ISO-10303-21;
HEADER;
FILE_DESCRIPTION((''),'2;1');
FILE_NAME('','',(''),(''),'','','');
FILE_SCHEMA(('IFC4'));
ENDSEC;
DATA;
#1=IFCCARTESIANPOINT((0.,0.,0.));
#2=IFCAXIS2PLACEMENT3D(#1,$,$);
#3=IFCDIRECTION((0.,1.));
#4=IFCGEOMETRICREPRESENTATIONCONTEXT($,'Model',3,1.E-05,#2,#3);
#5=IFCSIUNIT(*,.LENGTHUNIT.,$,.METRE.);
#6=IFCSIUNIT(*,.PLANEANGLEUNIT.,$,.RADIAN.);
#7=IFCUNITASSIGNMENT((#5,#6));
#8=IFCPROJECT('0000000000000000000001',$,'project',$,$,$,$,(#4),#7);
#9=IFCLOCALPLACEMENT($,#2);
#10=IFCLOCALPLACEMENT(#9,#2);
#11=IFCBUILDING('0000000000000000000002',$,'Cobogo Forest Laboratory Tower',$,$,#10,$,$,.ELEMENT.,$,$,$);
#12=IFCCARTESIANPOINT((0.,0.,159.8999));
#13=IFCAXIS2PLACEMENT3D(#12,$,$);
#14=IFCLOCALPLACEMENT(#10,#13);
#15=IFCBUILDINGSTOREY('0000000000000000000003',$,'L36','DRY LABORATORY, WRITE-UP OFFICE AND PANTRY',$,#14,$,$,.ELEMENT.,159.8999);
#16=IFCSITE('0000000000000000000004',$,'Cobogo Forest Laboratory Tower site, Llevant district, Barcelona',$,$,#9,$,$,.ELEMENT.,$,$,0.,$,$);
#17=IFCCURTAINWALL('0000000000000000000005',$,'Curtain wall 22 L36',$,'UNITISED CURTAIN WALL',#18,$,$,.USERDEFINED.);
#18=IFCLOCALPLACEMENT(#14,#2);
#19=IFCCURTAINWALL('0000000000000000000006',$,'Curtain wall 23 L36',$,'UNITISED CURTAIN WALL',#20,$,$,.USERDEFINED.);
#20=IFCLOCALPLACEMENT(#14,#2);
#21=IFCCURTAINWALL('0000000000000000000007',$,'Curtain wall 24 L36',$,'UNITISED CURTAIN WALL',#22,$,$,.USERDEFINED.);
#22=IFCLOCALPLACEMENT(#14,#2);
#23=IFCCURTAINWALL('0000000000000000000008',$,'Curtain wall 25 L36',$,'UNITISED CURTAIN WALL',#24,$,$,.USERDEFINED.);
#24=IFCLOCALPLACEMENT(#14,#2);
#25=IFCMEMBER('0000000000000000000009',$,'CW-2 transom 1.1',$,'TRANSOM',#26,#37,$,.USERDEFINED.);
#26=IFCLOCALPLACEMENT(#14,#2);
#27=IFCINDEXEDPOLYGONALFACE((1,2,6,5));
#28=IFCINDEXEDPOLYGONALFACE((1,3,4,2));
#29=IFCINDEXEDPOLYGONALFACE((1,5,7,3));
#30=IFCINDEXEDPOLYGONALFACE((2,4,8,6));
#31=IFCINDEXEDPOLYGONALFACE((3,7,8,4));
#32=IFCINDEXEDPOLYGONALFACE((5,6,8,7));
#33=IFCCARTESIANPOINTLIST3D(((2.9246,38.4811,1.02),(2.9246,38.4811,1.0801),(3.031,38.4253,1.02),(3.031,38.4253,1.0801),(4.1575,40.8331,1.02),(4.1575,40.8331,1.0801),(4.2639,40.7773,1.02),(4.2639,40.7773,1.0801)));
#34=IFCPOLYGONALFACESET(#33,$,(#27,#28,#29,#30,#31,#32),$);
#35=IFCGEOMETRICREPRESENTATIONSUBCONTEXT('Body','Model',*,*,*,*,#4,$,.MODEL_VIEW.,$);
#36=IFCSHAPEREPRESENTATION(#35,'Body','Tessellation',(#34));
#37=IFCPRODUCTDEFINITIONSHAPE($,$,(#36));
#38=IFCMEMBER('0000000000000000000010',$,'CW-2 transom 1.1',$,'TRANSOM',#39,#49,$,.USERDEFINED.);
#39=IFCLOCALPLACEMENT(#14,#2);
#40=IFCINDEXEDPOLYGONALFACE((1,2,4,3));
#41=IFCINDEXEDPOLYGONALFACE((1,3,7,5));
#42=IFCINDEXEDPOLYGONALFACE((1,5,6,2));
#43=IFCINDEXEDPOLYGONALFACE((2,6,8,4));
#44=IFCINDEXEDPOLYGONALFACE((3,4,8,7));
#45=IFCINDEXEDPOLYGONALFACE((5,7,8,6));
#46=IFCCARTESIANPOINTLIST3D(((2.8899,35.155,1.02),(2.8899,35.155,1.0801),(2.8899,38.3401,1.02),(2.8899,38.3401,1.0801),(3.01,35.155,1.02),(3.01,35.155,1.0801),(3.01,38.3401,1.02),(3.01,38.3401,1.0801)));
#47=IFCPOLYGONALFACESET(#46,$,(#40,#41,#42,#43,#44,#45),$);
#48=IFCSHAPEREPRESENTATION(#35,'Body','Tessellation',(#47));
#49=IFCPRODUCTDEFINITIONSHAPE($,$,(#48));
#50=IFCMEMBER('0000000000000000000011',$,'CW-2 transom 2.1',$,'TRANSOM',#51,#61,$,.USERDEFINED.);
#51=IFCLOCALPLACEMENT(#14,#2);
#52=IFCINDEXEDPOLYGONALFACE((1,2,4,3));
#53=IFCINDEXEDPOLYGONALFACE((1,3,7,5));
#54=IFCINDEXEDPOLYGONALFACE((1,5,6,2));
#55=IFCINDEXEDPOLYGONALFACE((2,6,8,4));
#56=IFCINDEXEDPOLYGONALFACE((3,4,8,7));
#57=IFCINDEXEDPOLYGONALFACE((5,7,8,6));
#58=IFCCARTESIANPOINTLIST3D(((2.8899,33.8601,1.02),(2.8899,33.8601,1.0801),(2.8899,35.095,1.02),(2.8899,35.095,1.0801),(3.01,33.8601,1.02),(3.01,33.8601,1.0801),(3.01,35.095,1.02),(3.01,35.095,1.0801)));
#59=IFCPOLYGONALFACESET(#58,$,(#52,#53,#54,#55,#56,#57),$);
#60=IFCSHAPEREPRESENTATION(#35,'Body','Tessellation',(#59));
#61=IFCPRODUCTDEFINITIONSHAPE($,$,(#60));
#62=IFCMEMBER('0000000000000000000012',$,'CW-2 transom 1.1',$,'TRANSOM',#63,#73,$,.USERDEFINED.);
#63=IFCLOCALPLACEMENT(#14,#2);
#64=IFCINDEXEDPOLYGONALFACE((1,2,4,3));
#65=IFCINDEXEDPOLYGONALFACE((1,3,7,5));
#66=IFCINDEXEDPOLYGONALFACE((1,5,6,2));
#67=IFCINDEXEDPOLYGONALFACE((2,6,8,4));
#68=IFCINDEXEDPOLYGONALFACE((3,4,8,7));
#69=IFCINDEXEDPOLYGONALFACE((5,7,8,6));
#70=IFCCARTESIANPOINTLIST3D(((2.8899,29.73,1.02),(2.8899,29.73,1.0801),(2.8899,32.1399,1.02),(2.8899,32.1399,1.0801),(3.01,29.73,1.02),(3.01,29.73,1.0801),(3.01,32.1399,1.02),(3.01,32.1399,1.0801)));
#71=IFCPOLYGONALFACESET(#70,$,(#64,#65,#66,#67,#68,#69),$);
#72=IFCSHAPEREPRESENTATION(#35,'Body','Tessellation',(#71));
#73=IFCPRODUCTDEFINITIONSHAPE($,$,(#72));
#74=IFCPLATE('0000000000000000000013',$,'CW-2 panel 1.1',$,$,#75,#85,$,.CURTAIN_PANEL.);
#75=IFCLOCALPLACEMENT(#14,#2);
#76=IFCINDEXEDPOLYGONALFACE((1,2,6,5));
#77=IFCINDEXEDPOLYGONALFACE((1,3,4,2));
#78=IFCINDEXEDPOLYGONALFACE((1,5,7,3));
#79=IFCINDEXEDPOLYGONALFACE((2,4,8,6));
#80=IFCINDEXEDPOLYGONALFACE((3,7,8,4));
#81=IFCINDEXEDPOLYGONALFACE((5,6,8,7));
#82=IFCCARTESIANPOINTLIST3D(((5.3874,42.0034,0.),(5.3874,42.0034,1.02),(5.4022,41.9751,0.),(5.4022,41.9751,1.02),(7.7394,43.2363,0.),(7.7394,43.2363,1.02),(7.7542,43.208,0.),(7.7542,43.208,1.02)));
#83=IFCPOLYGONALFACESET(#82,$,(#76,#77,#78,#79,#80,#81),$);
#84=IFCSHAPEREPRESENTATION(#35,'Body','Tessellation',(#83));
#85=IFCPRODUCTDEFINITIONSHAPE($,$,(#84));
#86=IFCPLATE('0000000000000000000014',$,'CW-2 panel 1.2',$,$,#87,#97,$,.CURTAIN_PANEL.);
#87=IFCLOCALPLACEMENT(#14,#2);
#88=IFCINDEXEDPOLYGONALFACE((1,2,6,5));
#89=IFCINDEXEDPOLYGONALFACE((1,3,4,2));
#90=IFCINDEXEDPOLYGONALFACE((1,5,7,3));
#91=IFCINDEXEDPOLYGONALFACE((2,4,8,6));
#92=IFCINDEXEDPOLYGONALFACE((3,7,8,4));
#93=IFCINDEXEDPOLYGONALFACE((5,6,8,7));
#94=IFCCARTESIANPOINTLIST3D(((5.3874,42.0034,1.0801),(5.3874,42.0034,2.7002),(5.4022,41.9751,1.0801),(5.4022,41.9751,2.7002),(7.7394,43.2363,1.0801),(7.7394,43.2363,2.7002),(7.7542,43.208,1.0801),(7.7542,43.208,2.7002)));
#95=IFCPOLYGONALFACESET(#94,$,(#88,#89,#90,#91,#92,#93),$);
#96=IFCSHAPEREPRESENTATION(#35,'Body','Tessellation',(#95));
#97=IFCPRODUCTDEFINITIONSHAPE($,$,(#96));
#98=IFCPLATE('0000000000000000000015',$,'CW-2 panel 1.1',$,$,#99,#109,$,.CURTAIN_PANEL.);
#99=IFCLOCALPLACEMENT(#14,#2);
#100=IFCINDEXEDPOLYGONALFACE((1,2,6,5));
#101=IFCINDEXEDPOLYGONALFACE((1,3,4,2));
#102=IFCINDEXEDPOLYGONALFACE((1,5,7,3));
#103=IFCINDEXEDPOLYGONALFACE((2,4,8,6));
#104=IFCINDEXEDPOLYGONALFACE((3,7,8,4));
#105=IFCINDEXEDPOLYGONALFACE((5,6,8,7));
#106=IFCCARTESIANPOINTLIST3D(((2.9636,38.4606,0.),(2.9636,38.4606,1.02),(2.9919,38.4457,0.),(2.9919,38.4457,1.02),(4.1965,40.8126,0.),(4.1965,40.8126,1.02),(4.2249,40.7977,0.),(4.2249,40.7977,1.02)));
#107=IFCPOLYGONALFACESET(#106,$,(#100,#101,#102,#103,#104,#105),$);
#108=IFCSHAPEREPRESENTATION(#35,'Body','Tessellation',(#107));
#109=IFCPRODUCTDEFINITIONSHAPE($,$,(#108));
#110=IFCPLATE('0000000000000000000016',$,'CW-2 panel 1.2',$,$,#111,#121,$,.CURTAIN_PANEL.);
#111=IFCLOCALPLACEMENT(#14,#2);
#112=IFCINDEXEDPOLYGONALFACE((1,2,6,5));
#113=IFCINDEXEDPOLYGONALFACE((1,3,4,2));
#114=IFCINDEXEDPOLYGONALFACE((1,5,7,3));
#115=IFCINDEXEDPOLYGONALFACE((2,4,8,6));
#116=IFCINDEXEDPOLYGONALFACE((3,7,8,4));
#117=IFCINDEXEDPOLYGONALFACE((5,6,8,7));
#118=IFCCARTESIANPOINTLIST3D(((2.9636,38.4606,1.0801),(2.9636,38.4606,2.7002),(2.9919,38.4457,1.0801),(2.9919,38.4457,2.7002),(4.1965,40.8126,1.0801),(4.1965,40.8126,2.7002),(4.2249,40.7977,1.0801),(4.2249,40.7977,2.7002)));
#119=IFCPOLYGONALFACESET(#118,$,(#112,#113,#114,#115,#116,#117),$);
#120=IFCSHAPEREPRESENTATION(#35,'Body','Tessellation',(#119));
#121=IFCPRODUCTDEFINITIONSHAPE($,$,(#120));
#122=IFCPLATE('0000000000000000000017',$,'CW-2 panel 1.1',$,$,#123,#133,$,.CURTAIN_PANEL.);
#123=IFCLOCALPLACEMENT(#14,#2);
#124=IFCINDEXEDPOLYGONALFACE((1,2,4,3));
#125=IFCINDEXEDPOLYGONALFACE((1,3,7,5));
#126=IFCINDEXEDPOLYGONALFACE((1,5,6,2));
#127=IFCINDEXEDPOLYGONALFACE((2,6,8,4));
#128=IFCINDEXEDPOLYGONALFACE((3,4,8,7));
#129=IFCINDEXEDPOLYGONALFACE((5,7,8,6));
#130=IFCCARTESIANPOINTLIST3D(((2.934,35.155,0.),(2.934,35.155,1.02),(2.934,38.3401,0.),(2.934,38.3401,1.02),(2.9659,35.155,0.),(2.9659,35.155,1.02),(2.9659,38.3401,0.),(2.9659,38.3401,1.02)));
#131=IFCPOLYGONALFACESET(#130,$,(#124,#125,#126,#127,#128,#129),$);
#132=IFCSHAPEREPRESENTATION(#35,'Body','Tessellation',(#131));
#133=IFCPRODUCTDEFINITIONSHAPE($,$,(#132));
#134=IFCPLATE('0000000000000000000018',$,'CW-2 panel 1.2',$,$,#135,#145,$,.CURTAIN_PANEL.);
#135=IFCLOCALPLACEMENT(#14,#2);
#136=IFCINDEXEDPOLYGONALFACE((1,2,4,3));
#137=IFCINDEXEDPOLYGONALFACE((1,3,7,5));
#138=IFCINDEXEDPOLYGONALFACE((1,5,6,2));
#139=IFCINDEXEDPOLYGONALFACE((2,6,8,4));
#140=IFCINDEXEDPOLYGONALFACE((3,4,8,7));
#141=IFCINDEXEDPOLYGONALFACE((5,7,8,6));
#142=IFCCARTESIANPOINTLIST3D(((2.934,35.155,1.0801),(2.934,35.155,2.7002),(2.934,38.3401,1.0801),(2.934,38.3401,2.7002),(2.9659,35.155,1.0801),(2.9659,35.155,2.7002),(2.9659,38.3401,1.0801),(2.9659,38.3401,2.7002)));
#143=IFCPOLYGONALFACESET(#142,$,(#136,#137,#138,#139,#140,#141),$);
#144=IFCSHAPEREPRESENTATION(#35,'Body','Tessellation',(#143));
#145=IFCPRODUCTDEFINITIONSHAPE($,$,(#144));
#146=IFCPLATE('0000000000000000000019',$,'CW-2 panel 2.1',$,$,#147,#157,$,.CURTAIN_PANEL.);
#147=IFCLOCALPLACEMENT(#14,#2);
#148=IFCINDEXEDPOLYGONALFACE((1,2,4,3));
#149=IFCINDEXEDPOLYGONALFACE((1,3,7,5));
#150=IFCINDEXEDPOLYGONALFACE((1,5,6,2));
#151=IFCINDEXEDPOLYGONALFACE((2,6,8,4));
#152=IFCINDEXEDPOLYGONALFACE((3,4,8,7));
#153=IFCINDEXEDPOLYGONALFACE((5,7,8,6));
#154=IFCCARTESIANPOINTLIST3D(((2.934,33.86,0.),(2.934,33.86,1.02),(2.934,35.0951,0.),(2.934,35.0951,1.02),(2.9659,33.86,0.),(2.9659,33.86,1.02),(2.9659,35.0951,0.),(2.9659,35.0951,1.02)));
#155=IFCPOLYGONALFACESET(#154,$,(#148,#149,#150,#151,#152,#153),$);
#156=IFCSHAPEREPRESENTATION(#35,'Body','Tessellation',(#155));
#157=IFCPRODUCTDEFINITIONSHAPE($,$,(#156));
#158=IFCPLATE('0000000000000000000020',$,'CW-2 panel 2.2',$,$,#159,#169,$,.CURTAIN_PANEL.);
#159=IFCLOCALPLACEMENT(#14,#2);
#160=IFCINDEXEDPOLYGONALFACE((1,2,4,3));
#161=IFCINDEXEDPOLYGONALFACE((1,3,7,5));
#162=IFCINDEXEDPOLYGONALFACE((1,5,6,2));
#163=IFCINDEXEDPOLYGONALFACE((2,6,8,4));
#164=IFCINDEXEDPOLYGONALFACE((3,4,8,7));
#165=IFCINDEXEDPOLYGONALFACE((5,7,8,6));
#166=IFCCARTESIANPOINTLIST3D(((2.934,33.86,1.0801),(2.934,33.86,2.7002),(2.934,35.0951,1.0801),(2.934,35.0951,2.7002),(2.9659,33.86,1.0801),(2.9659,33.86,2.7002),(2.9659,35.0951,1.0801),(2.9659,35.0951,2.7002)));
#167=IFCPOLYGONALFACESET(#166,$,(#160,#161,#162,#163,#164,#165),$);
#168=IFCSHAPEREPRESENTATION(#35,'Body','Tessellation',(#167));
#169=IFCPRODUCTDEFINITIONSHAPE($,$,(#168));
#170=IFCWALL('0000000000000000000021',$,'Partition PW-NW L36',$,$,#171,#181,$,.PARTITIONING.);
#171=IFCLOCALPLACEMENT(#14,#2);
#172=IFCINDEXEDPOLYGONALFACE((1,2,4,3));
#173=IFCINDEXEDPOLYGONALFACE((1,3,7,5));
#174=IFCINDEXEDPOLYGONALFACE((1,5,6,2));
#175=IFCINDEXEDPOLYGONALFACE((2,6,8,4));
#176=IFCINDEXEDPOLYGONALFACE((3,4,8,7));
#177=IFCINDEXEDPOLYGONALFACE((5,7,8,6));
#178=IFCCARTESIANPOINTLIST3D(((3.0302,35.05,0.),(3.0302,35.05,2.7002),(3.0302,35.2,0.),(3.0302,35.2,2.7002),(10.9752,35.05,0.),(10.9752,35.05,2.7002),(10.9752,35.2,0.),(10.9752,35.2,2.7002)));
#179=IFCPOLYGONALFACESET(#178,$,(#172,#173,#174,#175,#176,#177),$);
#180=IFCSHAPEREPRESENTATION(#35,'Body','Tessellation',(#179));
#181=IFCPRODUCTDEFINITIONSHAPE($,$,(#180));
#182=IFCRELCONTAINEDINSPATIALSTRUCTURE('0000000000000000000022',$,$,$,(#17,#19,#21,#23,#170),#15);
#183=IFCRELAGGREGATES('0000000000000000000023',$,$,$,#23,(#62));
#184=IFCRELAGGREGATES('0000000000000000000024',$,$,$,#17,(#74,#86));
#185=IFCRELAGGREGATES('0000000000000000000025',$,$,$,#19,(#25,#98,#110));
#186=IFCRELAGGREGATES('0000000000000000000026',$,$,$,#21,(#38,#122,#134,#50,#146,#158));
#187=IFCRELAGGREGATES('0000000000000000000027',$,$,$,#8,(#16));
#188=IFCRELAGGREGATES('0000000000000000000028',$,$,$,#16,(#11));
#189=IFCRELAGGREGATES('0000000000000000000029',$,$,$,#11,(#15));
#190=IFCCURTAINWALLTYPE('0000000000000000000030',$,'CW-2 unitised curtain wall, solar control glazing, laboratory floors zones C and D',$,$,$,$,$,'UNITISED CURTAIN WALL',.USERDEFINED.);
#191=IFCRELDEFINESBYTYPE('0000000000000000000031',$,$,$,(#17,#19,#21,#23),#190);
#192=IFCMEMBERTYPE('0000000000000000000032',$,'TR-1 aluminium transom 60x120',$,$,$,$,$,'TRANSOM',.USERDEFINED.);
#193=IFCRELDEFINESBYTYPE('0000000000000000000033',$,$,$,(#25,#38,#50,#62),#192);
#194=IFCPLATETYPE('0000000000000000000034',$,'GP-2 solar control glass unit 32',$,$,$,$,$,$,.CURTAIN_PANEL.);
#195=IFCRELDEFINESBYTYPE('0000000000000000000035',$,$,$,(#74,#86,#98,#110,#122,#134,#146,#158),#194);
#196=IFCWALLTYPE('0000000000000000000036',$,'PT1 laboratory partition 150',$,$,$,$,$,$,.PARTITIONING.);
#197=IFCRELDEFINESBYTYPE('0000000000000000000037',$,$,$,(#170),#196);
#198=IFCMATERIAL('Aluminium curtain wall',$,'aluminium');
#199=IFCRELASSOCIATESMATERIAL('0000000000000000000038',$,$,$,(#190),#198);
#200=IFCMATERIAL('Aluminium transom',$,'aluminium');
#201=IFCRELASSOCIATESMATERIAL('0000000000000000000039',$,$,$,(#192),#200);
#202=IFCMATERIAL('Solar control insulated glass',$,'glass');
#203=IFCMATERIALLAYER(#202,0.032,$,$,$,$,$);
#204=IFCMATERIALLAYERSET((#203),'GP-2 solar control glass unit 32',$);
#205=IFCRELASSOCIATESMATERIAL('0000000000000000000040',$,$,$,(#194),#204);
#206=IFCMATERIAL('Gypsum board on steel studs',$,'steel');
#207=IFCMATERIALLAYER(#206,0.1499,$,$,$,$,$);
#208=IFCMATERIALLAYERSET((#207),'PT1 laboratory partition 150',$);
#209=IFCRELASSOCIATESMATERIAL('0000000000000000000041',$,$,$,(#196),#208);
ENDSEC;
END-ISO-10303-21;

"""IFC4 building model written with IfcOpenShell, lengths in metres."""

from ifc_helpers import new_model, si_unit, direction, frame, frame_2d, origin, origin_2d, place, context, subcontext, project, spatial, rectangle, extrude, material, layer, layer_set, material_profile, profile_set, type_object, element, aggregate, save


model = new_model("IFC4")

# Units and contexts
model_context = context("Model", 3, precision=1e-05, world=origin(), true_north=direction((0.0, 1.0)))
body_context = subcontext(model_context, "Body", "Model", "MODEL_VIEW")
ifc_project = project(units=[si_unit("LENGTHUNIT", "METRE"), si_unit("PLANEANGLEUNIT", "RADIAN")], contexts=[model_context])

# Site, building, storey
site_placement = place(None, origin())
site = spatial("IfcSite", under=ifc_project, at=site_placement, Name="Cobogo Forest Laboratory Tower site, Llevant district, Barcelona", CompositionType="ELEMENT", RefElevation=0.0)
building_placement = place(site_placement, origin())
building = spatial("IfcBuilding", under=site, at=building_placement, Name="Cobogo Forest Laboratory Tower", CompositionType="ELEMENT")
storey_placement = place(building_placement, frame((0.0, 0.0, 159.8999)))
storey = spatial("IfcBuildingStorey", under=building, at=storey_placement, Name="L36", Description="DRY LABORATORY, WRITE-UP OFFICE AND PANTRY", CompositionType="ELEMENT", Elevation=159.8999)

# Curtain wall
ifc_material_1 = material(Name="Aluminium curtain wall", Category="aluminium")
curtain_wall_type = type_object("IfcCurtainWallType", Name="CW-2 unitised curtain wall, solar control glazing, laboratory floors zones C and D", ElementType="UNITISED CURTAIN WALL", PredefinedType="USERDEFINED", material=ifc_material_1)
curtain_wall_1_placement = place(storey_placement, origin())
curtain_wall_1 = element("IfcCurtainWall", 1, at=curtain_wall_1_placement, inside=storey, type_object=curtain_wall_type, Name="Curtain wall 22 L36", ObjectType="UNITISED CURTAIN WALL", PredefinedType="USERDEFINED")

# Curtain walls
curtain_wall_2_placement = place(storey_placement, origin())
curtain_wall_2 = element("IfcCurtainWall", 2, at=curtain_wall_2_placement, inside=storey, type_object=curtain_wall_type, Name="Curtain wall 23 L36", ObjectType="UNITISED CURTAIN WALL", PredefinedType="USERDEFINED")
curtain_wall_3_placement = place(storey_placement, origin())
curtain_wall_3 = element("IfcCurtainWall", 3, at=curtain_wall_3_placement, inside=storey, type_object=curtain_wall_type, Name="Curtain wall 24 L36", ObjectType="UNITISED CURTAIN WALL", PredefinedType="USERDEFINED")

# Curtain wall
curtain_wall_4_placement = place(storey_placement, origin())
curtain_wall_4 = element("IfcCurtainWall", 4, at=curtain_wall_4_placement, inside=storey, type_object=curtain_wall_type, Name="Curtain wall 25 L36", ObjectType="UNITISED CURTAIN WALL", PredefinedType="USERDEFINED")

# Members
ifc_material_2 = material(Name="Aluminium transom", Category="aluminium")
ifc_material_profile_1 = material_profile(ifc_material_2, rectangle(XDim=0.1201, YDim=0.0601, at=origin_2d()), Name="AL 60x120")
ifc_profile_set_1 = profile_set([ifc_material_profile_1], Name="Aluminium transom")
member_type_1 = type_object("IfcMemberType", Name="TR-1 aluminium transom 60x120", ElementType="TRANSOM", PredefinedType="USERDEFINED", material=ifc_profile_set_1)
member_1_placement = place(storey_placement, frame((4.2107, 40.8052, 1.05), z_axis=(-0.464268, -0.885695, 0.0), x_axis=(0.885695, -0.464268, 0.0)))
member_1 = element("IfcMember", 5, at=member_1_placement, type_object=member_type_1, Name="CW-2 transom 1.1", ObjectType="TRANSOM", PredefinedType="USERDEFINED", context=body_context, shape_type="SweptSolid", body=[
    extrude(rectangle(XDim=0.1201, YDim=0.0601, at=origin_2d()), origin(), (0.0, 0.0, 1.0), 2.6555),
])
member_2_placement = place(storey_placement, frame((2.95, 38.3401, 1.05), z_axis=(0.0, -1.0, 0.0), x_axis=(1.0, 0.0, 0.0)))
member_2 = element("IfcMember", 6, at=member_2_placement, type_object=member_type_1, Name="CW-2 transom 1.1", ObjectType="TRANSOM", PredefinedType="USERDEFINED", context=body_context, shape_type="SweptSolid", body=[
    extrude(rectangle(XDim=0.1201, YDim=0.0601, at=origin_2d()), origin(), (0.0, 0.0, 1.0), 3.1851),
])
member_3_placement = place(storey_placement, frame((2.95, 35.095, 1.05), z_axis=(0.0, -1.0, 0.0), x_axis=(1.0, 0.0, 0.0)))
member_3 = element("IfcMember", 7, at=member_3_placement, type_object=member_type_1, Name="CW-2 transom 2.1", ObjectType="TRANSOM", PredefinedType="USERDEFINED", context=body_context, shape_type="SweptSolid", body=[
    extrude(rectangle(XDim=0.1201, YDim=0.0601, at=origin_2d()), origin(), (0.0, 0.0, 1.0), 1.2349),
])
member_4_placement = place(storey_placement, frame((2.95, 32.1399, 1.05), z_axis=(0.0, -1.0, 0.0), x_axis=(1.0, 0.0, 0.0)))
member_4 = element("IfcMember", 8, at=member_4_placement, type_object=member_type_1, Name="CW-2 transom 1.1", ObjectType="TRANSOM", PredefinedType="USERDEFINED", context=body_context, shape_type="SweptSolid", body=[
    extrude(rectangle(XDim=0.1201, YDim=0.0601, at=origin_2d()), origin(), (0.0, 0.0, 1.0), 2.4099),
])
aggregate(curtain_wall_4, [member_4])

# Plates
ifc_material_3 = material(Name="Solar control insulated glass", Category="glass")
ifc_layer_1 = layer(ifc_material_3, 0.032)
ifc_layer_set_1 = layer_set([ifc_layer_1], Name="GP-2 solar control glass unit 32")
plate_type = type_object("IfcPlateType", Name="GP-2 solar control glass unit 32", PredefinedType="CURTAIN_PANEL", material=ifc_layer_set_1)
plate_1_placement = place(storey_placement, frame((6.5708, 42.6057, 0.0), z_axis=(0.0, 0.0, 1.0), x_axis=(-0.885687, -0.464284, 0.0)))
plate_1 = element("IfcPlate", 9, at=plate_1_placement, type_object=plate_type, Name="CW-2 panel 1.1", PredefinedType="CURTAIN_PANEL", context=body_context, shape_type="SweptSolid", body=[
    extrude(rectangle(XDim=2.6555, YDim=0.032, at=origin_2d()), origin(), (0.0, 0.0, 1.0), 1.02),
])
plate_2_placement = place(storey_placement, frame((6.5708, 42.6057, 1.0801), z_axis=(0.0, 0.0, 1.0), x_axis=(-0.885687, -0.464284, 0.0)))
plate_2 = element("IfcPlate", 10, at=plate_2_placement, type_object=plate_type, Name="CW-2 panel 1.2", PredefinedType="CURTAIN_PANEL", context=body_context, shape_type="SweptSolid", body=[
    extrude(rectangle(XDim=2.6555, YDim=0.032, at=origin_2d()), origin(), (0.0, 0.0, 1.0), 1.6201),
])
aggregate(curtain_wall_1, [plate_1, plate_2])
plate_3_placement = place(storey_placement, frame((3.5942, 39.6292, 0.0), z_axis=(0.0, 0.0, 1.0), x_axis=(-0.464284, -0.885687, 0.0)))
plate_3 = element("IfcPlate", 11, at=plate_3_placement, type_object=plate_type, Name="CW-2 panel 1.1", PredefinedType="CURTAIN_PANEL", context=body_context, shape_type="SweptSolid", body=[
    extrude(rectangle(XDim=2.6555, YDim=0.032, at=origin_2d()), origin(), (0.0, 0.0, 1.0), 1.02),
])
plate_4_placement = place(storey_placement, frame((3.5942, 39.6292, 1.0801), z_axis=(0.0, 0.0, 1.0), x_axis=(-0.464284, -0.885687, 0.0)))
plate_4 = element("IfcPlate", 12, at=plate_4_placement, type_object=plate_type, Name="CW-2 panel 1.2", PredefinedType="CURTAIN_PANEL", context=body_context, shape_type="SweptSolid", body=[
    extrude(rectangle(XDim=2.6555, YDim=0.032, at=origin_2d()), origin(), (0.0, 0.0, 1.0), 1.6201),
])
aggregate(curtain_wall_2, [member_1, plate_3, plate_4])
plate_5_placement = place(storey_placement, frame((2.95, 36.7476, 0.0), z_axis=(0.0, 0.0, 1.0), x_axis=(0.0, -1.0, 0.0)))
plate_5 = element("IfcPlate", 13, at=plate_5_placement, type_object=plate_type, Name="CW-2 panel 1.1", PredefinedType="CURTAIN_PANEL", context=body_context, shape_type="SweptSolid", body=[
    extrude(rectangle(XDim=3.1851, YDim=0.032, at=origin_2d()), origin(), (0.0, 0.0, 1.0), 1.02),
])
plate_6_placement = place(storey_placement, frame((2.95, 36.7476, 1.0801), z_axis=(0.0, 0.0, 1.0), x_axis=(0.0, -1.0, 0.0)))
plate_6 = element("IfcPlate", 14, at=plate_6_placement, type_object=plate_type, Name="CW-2 panel 1.2", PredefinedType="CURTAIN_PANEL", context=body_context, shape_type="SweptSolid", body=[
    extrude(rectangle(XDim=3.1851, YDim=0.032, at=origin_2d()), origin(), (0.0, 0.0, 1.0), 1.6201),
])
plate_7_placement = place(storey_placement, frame((2.95, 34.4775, 0.0), z_axis=(0.0, 0.0, 1.0), x_axis=(0.0, -1.0, 0.0)))
plate_7 = element("IfcPlate", 15, at=plate_7_placement, type_object=plate_type, Name="CW-2 panel 2.1", PredefinedType="CURTAIN_PANEL", context=body_context, shape_type="SweptSolid", body=[
    extrude(rectangle(XDim=1.2351, YDim=0.032, at=origin_2d()), origin(), (0.0, 0.0, 1.0), 1.02),
])
plate_8_placement = place(storey_placement, frame((2.95, 34.4775, 1.0801), z_axis=(0.0, 0.0, 1.0), x_axis=(0.0, -1.0, 0.0)))
plate_8 = element("IfcPlate", 16, at=plate_8_placement, type_object=plate_type, Name="CW-2 panel 2.2", PredefinedType="CURTAIN_PANEL", context=body_context, shape_type="SweptSolid", body=[
    extrude(rectangle(XDim=1.2351, YDim=0.032, at=origin_2d()), origin(), (0.0, 0.0, 1.0), 1.6201),
])
aggregate(curtain_wall_3, [member_2, plate_5, plate_6, member_3, plate_7, plate_8])

# Wall
ifc_material_4 = material(Name="Gypsum board on steel studs", Category="steel")
ifc_layer_2 = layer(ifc_material_4, 0.1499)
ifc_layer_set_2 = layer_set([ifc_layer_2], Name="PT1 laboratory partition 150")
wall_type = type_object("IfcWallType", Name="PT1 laboratory partition 150", PredefinedType="PARTITIONING", material=ifc_layer_set_2)
wall_placement = place(storey_placement, frame((3.03, 35.125, 0.0), z_axis=(0.0, 0.0, 1.0), x_axis=(1.0, 0.0, 0.0)))
element("IfcWall", 17, at=wall_placement, inside=storey, type_object=wall_type, Name="Partition PW-NW L36", PredefinedType="PARTITIONING", context=body_context, shape_type="SweptSolid", body=[
    extrude(rectangle(XDim=7.9451, YDim=0.1499, at=frame_2d((3.9727, 0.0))), origin(), (0.0, 0.0, 1.0), 2.7002),
])

save(model, "model.ifc")
